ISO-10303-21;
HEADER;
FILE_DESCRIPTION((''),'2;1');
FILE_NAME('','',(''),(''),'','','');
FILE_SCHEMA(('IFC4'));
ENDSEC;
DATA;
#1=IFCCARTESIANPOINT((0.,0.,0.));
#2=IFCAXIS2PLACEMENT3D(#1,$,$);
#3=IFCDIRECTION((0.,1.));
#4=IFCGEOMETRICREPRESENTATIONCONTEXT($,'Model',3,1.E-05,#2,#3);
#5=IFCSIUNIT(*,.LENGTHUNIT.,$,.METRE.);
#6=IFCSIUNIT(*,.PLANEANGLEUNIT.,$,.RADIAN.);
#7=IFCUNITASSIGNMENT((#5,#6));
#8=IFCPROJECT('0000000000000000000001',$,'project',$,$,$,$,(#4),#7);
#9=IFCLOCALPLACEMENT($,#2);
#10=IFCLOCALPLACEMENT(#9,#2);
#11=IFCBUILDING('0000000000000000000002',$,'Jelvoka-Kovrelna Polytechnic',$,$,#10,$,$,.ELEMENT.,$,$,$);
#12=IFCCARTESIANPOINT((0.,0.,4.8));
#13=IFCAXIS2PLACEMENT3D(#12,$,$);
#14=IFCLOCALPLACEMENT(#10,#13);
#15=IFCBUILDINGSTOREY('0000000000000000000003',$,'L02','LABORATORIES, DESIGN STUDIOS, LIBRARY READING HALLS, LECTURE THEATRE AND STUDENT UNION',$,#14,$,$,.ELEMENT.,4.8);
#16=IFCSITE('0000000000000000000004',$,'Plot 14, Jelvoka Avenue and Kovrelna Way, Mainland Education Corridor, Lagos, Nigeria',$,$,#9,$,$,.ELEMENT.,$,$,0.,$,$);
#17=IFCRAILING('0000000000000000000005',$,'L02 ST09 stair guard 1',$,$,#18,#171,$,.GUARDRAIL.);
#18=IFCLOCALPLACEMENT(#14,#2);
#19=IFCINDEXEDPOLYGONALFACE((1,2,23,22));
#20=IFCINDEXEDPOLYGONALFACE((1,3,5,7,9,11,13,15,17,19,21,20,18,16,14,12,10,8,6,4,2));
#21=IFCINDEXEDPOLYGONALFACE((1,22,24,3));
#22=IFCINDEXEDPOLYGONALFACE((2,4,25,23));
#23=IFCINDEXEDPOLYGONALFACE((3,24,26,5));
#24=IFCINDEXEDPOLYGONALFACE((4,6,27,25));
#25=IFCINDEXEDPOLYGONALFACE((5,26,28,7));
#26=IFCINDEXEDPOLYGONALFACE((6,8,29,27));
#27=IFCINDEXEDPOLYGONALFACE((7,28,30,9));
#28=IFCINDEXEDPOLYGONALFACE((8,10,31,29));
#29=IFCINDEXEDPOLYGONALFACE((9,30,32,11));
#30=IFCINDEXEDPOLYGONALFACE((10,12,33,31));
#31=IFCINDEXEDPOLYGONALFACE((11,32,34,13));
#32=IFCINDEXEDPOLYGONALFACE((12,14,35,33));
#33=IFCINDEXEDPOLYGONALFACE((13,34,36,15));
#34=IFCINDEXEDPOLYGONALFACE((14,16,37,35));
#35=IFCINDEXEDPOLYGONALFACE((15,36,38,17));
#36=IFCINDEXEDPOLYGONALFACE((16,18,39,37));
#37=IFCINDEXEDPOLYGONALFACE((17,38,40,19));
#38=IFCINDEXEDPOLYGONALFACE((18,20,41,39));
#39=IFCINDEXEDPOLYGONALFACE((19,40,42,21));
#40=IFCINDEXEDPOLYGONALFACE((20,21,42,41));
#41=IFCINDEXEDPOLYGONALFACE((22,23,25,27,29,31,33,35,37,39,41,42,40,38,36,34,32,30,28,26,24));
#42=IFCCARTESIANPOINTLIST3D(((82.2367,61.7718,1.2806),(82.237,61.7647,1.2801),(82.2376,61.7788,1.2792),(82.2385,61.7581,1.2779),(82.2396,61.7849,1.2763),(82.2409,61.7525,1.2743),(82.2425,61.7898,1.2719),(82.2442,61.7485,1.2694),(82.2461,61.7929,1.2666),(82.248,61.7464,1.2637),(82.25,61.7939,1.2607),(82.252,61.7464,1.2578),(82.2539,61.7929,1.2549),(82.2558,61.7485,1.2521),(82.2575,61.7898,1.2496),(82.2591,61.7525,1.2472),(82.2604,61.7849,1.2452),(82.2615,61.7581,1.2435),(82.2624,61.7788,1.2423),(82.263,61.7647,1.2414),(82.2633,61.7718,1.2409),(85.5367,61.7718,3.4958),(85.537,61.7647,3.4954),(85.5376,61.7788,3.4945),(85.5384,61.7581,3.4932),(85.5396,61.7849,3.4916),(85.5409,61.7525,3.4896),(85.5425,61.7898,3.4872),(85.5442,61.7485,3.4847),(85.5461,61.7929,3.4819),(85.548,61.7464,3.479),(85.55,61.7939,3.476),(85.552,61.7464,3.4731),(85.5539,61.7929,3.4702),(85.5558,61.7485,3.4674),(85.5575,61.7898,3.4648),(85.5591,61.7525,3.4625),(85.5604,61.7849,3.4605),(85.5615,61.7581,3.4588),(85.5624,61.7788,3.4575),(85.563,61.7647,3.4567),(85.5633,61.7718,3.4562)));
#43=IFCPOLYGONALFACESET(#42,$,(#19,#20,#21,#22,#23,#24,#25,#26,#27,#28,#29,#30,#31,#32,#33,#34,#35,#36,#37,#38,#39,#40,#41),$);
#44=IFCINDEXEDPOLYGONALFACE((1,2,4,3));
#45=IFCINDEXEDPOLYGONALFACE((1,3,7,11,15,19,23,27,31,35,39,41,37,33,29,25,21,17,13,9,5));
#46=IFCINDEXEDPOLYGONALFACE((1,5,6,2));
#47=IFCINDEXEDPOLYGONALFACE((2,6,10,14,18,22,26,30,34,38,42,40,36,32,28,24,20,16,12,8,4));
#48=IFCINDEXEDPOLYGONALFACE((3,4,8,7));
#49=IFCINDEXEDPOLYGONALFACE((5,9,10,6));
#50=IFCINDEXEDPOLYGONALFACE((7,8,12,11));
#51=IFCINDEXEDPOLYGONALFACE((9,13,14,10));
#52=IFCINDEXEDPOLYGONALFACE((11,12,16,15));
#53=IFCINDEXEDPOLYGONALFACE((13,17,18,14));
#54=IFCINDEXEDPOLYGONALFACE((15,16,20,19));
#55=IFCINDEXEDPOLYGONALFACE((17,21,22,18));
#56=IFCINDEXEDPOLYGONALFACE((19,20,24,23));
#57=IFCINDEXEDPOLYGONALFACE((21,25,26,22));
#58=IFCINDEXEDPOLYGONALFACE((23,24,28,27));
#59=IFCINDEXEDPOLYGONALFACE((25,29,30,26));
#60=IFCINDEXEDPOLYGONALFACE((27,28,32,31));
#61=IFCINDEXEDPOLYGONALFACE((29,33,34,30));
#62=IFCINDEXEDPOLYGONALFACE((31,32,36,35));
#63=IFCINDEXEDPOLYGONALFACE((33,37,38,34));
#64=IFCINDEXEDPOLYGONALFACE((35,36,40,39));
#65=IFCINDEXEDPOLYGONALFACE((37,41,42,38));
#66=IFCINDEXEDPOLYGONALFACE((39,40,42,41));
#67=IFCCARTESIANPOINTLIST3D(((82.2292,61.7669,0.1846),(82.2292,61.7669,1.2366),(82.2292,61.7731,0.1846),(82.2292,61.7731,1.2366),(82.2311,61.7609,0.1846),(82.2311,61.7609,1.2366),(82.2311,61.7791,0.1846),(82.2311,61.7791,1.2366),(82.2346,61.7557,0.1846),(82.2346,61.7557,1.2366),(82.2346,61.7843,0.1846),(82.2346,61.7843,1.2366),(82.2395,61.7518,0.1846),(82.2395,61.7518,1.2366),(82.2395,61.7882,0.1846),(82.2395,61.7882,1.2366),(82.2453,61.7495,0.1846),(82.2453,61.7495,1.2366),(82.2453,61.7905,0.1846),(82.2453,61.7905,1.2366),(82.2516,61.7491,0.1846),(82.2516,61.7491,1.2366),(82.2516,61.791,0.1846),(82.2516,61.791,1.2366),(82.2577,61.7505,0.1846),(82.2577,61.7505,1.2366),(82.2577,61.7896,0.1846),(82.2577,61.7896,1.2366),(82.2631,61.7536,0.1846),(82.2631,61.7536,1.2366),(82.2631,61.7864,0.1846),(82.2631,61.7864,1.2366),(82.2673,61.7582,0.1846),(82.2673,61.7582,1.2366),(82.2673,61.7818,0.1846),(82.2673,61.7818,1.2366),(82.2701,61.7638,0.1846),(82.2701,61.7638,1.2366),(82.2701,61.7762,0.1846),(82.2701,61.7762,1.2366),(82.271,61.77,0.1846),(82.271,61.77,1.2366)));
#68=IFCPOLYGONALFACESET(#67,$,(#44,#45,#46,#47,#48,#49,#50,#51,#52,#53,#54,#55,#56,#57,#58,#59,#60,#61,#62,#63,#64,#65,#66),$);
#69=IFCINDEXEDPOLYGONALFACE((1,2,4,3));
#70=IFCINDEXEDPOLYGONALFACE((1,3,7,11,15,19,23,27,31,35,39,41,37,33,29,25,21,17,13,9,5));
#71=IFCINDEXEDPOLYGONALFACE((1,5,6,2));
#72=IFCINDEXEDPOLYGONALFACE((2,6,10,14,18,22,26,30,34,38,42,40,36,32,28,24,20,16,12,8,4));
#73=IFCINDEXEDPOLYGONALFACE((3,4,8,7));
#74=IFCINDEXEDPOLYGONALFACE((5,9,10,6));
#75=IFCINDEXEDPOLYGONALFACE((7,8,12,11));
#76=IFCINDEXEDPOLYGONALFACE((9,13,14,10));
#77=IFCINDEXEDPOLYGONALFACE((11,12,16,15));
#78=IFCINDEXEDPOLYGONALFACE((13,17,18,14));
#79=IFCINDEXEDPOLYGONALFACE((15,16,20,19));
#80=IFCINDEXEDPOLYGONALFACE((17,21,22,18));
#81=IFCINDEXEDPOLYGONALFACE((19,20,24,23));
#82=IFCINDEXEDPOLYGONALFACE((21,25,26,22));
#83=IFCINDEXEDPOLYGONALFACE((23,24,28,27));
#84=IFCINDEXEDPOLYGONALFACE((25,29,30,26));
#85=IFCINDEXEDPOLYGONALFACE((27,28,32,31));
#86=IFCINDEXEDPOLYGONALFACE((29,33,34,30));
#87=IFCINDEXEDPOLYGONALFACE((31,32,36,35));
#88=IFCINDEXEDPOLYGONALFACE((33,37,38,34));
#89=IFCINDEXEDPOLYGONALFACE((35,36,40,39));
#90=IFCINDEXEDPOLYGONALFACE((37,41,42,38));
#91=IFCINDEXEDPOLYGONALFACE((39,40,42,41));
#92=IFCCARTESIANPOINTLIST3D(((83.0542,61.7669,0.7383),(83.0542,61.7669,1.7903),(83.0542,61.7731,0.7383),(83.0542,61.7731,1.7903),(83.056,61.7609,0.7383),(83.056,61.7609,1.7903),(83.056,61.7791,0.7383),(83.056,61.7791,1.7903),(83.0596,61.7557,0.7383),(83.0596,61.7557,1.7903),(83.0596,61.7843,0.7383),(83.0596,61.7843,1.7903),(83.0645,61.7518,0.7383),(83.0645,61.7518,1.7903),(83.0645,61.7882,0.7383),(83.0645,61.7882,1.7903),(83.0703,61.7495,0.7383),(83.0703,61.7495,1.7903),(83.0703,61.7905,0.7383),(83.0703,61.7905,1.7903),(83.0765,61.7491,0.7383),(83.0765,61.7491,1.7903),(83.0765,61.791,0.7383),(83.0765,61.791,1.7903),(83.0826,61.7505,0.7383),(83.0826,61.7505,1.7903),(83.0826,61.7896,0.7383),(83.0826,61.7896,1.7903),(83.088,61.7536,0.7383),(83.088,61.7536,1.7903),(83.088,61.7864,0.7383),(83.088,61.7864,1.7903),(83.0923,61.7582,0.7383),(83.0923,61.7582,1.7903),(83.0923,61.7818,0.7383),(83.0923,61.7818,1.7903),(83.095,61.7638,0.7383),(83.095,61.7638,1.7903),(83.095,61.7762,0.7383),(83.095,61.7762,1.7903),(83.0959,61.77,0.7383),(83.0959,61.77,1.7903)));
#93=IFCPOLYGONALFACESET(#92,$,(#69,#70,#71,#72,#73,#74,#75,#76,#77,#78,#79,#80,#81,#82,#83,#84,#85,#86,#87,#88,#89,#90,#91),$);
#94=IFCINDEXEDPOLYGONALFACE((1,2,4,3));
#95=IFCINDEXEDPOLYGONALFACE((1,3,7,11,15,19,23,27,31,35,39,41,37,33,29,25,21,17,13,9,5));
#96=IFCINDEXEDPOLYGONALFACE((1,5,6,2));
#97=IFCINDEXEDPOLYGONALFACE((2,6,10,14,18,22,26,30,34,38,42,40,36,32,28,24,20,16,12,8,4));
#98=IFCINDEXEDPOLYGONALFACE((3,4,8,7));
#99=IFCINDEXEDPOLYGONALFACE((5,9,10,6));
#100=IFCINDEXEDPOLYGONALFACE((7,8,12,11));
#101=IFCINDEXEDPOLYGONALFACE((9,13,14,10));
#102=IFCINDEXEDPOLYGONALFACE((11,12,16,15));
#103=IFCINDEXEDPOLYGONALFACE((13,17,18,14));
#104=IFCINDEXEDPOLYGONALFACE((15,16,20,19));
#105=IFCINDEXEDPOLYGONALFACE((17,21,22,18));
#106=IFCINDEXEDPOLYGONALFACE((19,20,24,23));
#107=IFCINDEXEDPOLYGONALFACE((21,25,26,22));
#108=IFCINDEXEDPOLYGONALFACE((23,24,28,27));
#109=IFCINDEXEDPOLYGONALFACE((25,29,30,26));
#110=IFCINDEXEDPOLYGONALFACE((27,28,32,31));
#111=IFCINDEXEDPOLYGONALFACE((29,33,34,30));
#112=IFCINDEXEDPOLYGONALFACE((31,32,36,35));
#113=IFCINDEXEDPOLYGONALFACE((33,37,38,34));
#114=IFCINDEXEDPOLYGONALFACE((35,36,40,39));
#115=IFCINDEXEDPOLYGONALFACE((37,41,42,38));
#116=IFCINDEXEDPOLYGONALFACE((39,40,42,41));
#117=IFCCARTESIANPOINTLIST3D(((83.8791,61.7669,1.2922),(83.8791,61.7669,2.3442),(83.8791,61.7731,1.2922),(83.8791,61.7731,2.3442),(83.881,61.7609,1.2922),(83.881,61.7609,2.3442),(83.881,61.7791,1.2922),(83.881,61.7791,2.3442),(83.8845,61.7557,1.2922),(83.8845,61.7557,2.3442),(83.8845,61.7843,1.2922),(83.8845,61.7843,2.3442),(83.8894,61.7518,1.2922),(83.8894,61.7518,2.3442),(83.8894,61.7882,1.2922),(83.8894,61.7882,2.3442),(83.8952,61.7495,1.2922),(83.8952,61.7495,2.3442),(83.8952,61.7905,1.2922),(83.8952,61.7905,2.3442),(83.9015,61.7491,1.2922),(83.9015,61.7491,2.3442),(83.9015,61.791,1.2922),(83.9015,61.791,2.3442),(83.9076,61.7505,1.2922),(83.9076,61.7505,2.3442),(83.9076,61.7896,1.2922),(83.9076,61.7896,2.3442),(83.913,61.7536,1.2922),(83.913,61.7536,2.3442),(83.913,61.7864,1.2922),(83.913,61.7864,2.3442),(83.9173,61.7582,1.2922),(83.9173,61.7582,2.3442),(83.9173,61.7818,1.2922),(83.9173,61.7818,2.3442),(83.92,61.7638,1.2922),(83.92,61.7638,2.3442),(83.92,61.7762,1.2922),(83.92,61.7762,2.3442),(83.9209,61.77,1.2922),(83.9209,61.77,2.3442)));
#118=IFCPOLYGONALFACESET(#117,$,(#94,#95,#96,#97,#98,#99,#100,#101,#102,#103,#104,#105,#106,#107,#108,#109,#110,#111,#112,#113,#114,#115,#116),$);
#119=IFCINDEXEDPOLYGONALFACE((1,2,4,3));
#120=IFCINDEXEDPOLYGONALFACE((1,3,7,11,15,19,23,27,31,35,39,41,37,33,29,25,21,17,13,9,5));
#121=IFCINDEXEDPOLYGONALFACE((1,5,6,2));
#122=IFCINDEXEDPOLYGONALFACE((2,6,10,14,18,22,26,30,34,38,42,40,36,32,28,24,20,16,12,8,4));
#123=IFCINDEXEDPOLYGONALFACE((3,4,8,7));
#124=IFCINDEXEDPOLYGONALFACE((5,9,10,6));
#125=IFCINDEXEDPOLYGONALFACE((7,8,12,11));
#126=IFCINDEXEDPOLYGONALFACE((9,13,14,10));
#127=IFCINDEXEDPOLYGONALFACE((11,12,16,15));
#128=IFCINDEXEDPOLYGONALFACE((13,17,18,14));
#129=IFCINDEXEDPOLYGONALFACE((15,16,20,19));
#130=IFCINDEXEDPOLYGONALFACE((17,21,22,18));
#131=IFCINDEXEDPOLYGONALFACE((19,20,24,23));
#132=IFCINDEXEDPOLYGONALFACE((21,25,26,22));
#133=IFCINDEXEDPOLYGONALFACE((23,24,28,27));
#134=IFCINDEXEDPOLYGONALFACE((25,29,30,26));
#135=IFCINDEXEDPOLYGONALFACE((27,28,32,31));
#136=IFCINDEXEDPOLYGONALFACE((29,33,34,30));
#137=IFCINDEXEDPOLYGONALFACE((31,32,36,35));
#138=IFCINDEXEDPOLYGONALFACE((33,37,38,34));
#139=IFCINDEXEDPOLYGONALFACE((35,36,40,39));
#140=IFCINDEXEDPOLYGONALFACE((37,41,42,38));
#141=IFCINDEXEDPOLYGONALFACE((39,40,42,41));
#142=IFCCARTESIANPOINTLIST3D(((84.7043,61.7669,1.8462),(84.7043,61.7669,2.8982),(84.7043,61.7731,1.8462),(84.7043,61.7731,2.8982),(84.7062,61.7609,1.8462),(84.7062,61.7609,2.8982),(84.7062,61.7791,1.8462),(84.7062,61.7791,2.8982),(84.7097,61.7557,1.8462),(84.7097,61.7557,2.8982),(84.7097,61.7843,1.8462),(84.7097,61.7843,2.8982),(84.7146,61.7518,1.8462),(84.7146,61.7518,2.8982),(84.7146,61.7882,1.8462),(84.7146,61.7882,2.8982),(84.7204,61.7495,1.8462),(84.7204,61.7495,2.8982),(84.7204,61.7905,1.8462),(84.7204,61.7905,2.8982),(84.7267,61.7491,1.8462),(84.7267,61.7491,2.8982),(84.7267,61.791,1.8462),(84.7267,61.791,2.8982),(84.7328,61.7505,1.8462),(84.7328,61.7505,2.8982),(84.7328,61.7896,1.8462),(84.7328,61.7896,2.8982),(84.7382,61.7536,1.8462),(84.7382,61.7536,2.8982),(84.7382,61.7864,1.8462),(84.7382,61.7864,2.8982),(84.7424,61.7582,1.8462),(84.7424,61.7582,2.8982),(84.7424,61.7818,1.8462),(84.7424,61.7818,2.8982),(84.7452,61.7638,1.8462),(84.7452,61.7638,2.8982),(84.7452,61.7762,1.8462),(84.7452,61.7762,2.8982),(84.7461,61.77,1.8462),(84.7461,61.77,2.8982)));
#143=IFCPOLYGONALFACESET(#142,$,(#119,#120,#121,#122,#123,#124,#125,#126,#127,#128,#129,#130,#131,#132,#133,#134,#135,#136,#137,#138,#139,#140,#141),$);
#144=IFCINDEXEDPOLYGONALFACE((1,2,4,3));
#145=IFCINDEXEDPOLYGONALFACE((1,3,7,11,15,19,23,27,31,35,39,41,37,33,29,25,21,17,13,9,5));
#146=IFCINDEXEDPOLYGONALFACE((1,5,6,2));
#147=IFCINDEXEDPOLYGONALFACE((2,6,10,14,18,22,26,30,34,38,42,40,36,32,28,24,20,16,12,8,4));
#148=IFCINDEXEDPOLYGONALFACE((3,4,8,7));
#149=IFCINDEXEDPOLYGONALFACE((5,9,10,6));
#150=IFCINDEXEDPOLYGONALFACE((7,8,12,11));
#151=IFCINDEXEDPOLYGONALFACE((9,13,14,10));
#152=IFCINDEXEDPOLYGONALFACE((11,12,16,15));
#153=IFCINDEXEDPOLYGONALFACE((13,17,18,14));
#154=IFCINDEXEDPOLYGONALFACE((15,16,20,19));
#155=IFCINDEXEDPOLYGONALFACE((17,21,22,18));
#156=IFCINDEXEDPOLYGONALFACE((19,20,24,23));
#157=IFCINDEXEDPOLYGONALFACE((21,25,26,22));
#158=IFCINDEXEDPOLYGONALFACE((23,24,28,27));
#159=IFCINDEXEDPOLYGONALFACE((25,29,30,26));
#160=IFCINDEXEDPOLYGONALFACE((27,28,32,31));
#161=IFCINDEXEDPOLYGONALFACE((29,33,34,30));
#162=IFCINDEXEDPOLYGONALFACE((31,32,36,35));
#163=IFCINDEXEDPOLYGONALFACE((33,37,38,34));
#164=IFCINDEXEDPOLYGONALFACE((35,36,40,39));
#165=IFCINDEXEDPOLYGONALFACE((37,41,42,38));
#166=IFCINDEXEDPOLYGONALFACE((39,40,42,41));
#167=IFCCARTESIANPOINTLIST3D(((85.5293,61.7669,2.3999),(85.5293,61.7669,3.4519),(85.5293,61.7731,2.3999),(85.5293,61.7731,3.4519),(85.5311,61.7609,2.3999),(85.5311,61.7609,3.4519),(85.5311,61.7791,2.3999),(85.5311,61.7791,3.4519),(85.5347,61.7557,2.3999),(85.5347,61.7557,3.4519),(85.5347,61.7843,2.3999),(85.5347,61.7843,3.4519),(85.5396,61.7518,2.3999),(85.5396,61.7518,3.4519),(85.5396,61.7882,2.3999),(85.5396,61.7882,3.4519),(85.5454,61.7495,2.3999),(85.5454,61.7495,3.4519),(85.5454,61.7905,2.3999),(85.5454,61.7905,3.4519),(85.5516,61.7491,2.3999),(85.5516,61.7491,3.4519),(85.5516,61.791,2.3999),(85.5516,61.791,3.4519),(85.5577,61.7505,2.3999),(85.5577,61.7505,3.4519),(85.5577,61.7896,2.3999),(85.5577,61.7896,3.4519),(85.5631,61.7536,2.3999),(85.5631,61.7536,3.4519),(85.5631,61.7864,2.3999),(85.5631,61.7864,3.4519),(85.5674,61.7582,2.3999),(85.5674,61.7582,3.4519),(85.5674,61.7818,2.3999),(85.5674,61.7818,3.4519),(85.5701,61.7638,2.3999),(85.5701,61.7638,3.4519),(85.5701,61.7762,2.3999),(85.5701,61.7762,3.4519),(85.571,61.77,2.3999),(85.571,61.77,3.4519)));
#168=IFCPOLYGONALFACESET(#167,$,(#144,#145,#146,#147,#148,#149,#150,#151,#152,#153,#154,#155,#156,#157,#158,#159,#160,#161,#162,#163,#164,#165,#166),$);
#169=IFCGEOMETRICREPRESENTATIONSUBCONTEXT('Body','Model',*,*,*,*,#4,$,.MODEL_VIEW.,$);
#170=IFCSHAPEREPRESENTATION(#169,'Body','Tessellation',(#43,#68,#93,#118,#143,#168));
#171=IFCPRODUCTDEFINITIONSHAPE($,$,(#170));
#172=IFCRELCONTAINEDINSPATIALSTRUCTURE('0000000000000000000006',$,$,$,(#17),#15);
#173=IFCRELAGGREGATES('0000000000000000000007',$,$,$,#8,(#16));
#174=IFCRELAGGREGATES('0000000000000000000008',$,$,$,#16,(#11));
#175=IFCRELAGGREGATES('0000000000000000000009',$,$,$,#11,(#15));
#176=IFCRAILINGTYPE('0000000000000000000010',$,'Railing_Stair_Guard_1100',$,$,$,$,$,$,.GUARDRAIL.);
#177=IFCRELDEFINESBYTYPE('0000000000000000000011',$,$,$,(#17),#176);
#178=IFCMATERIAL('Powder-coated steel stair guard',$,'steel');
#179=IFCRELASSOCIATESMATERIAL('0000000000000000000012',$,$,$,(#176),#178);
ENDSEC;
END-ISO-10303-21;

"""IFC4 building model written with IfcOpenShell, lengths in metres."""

from ifc_helpers import new_model, si_unit, direction, frame, origin, origin_2d, place, context, subcontext, project, spatial, circle, extrude, material, type_object, element, save


model = new_model("IFC4")

# Units and contexts
model_context = context("Model", 3, precision=1e-05, world=origin(), true_north=direction((0.0, 1.0)))
body_context = subcontext(model_context, "Body", "Model", "MODEL_VIEW")
ifc_project = project(units=[si_unit("LENGTHUNIT", "METRE"), si_unit("PLANEANGLEUNIT", "RADIAN")], contexts=[model_context])

# Site, building, storey
site_placement = place(None, origin())
site = spatial("IfcSite", under=ifc_project, at=site_placement, Name="Plot 14, Jelvoka Avenue and Kovrelna Way, Mainland Education Corridor, Lagos, Nigeria", CompositionType="ELEMENT", RefElevation=0.0)
building_placement = place(site_placement, origin())
building = spatial("IfcBuilding", under=site, at=building_placement, Name="Jelvoka-Kovrelna Polytechnic", CompositionType="ELEMENT")
storey_placement = place(building_placement, frame((0.0, 0.0, 4.8)))
storey = spatial("IfcBuildingStorey", under=building, at=storey_placement, Name="L02", Description="LABORATORIES, DESIGN STUDIOS, LIBRARY READING HALLS, LECTURE THEATRE AND STUDENT UNION", CompositionType="ELEMENT", Elevation=4.8)

# Railing
ifc_material_1 = material(Name="Powder-coated steel stair guard", Category="steel")
railing_type_1 = type_object("IfcRailingType", Name="Railing_Stair_Guard_1100", PredefinedType="GUARDRAIL", material=ifc_material_1)
railing_1_placement = place(storey_placement, frame((82.25, 61.77, 0.1846)))
element("IfcRailing", 1, at=railing_1_placement, inside=storey, type_object=railing_type_1, Name="L02 ST09 stair guard 1", PredefinedType="GUARDRAIL", context=body_context, shape_type="SweptSolid", body=[
    extrude(circle(Radius=0.0239, at=origin_2d()), frame((0.0, 0.0, 1.0762), z_axis=(0.830269, 0.0, 0.557362), x_axis=(0.0, 1.0, 0.0)), (0.0, 0.0, 1.0), 3.9746),
    extrude(circle(Radius=0.021, at=origin_2d()), origin(), (0.0, 0.0, 1.0), 1.052),
    extrude(circle(Radius=0.021, at=origin_2d()), frame((0.825, 0.0, 0.5537)), (0.0, 0.0, 1.0), 1.052),
    extrude(circle(Radius=0.021, at=origin_2d()), frame((1.6499, 0.0, 1.1077)), (0.0, 0.0, 1.0), 1.052),
    extrude(circle(Radius=0.021, at=origin_2d()), frame((2.4751, 0.0, 1.6616)), (0.0, 0.0, 1.0), 1.052),
    extrude(circle(Radius=0.021, at=origin_2d()), frame((3.3, 0.0, 2.2153)), (0.0, 0.0, 1.0), 1.052),
])

save(model, "model.ifc")
